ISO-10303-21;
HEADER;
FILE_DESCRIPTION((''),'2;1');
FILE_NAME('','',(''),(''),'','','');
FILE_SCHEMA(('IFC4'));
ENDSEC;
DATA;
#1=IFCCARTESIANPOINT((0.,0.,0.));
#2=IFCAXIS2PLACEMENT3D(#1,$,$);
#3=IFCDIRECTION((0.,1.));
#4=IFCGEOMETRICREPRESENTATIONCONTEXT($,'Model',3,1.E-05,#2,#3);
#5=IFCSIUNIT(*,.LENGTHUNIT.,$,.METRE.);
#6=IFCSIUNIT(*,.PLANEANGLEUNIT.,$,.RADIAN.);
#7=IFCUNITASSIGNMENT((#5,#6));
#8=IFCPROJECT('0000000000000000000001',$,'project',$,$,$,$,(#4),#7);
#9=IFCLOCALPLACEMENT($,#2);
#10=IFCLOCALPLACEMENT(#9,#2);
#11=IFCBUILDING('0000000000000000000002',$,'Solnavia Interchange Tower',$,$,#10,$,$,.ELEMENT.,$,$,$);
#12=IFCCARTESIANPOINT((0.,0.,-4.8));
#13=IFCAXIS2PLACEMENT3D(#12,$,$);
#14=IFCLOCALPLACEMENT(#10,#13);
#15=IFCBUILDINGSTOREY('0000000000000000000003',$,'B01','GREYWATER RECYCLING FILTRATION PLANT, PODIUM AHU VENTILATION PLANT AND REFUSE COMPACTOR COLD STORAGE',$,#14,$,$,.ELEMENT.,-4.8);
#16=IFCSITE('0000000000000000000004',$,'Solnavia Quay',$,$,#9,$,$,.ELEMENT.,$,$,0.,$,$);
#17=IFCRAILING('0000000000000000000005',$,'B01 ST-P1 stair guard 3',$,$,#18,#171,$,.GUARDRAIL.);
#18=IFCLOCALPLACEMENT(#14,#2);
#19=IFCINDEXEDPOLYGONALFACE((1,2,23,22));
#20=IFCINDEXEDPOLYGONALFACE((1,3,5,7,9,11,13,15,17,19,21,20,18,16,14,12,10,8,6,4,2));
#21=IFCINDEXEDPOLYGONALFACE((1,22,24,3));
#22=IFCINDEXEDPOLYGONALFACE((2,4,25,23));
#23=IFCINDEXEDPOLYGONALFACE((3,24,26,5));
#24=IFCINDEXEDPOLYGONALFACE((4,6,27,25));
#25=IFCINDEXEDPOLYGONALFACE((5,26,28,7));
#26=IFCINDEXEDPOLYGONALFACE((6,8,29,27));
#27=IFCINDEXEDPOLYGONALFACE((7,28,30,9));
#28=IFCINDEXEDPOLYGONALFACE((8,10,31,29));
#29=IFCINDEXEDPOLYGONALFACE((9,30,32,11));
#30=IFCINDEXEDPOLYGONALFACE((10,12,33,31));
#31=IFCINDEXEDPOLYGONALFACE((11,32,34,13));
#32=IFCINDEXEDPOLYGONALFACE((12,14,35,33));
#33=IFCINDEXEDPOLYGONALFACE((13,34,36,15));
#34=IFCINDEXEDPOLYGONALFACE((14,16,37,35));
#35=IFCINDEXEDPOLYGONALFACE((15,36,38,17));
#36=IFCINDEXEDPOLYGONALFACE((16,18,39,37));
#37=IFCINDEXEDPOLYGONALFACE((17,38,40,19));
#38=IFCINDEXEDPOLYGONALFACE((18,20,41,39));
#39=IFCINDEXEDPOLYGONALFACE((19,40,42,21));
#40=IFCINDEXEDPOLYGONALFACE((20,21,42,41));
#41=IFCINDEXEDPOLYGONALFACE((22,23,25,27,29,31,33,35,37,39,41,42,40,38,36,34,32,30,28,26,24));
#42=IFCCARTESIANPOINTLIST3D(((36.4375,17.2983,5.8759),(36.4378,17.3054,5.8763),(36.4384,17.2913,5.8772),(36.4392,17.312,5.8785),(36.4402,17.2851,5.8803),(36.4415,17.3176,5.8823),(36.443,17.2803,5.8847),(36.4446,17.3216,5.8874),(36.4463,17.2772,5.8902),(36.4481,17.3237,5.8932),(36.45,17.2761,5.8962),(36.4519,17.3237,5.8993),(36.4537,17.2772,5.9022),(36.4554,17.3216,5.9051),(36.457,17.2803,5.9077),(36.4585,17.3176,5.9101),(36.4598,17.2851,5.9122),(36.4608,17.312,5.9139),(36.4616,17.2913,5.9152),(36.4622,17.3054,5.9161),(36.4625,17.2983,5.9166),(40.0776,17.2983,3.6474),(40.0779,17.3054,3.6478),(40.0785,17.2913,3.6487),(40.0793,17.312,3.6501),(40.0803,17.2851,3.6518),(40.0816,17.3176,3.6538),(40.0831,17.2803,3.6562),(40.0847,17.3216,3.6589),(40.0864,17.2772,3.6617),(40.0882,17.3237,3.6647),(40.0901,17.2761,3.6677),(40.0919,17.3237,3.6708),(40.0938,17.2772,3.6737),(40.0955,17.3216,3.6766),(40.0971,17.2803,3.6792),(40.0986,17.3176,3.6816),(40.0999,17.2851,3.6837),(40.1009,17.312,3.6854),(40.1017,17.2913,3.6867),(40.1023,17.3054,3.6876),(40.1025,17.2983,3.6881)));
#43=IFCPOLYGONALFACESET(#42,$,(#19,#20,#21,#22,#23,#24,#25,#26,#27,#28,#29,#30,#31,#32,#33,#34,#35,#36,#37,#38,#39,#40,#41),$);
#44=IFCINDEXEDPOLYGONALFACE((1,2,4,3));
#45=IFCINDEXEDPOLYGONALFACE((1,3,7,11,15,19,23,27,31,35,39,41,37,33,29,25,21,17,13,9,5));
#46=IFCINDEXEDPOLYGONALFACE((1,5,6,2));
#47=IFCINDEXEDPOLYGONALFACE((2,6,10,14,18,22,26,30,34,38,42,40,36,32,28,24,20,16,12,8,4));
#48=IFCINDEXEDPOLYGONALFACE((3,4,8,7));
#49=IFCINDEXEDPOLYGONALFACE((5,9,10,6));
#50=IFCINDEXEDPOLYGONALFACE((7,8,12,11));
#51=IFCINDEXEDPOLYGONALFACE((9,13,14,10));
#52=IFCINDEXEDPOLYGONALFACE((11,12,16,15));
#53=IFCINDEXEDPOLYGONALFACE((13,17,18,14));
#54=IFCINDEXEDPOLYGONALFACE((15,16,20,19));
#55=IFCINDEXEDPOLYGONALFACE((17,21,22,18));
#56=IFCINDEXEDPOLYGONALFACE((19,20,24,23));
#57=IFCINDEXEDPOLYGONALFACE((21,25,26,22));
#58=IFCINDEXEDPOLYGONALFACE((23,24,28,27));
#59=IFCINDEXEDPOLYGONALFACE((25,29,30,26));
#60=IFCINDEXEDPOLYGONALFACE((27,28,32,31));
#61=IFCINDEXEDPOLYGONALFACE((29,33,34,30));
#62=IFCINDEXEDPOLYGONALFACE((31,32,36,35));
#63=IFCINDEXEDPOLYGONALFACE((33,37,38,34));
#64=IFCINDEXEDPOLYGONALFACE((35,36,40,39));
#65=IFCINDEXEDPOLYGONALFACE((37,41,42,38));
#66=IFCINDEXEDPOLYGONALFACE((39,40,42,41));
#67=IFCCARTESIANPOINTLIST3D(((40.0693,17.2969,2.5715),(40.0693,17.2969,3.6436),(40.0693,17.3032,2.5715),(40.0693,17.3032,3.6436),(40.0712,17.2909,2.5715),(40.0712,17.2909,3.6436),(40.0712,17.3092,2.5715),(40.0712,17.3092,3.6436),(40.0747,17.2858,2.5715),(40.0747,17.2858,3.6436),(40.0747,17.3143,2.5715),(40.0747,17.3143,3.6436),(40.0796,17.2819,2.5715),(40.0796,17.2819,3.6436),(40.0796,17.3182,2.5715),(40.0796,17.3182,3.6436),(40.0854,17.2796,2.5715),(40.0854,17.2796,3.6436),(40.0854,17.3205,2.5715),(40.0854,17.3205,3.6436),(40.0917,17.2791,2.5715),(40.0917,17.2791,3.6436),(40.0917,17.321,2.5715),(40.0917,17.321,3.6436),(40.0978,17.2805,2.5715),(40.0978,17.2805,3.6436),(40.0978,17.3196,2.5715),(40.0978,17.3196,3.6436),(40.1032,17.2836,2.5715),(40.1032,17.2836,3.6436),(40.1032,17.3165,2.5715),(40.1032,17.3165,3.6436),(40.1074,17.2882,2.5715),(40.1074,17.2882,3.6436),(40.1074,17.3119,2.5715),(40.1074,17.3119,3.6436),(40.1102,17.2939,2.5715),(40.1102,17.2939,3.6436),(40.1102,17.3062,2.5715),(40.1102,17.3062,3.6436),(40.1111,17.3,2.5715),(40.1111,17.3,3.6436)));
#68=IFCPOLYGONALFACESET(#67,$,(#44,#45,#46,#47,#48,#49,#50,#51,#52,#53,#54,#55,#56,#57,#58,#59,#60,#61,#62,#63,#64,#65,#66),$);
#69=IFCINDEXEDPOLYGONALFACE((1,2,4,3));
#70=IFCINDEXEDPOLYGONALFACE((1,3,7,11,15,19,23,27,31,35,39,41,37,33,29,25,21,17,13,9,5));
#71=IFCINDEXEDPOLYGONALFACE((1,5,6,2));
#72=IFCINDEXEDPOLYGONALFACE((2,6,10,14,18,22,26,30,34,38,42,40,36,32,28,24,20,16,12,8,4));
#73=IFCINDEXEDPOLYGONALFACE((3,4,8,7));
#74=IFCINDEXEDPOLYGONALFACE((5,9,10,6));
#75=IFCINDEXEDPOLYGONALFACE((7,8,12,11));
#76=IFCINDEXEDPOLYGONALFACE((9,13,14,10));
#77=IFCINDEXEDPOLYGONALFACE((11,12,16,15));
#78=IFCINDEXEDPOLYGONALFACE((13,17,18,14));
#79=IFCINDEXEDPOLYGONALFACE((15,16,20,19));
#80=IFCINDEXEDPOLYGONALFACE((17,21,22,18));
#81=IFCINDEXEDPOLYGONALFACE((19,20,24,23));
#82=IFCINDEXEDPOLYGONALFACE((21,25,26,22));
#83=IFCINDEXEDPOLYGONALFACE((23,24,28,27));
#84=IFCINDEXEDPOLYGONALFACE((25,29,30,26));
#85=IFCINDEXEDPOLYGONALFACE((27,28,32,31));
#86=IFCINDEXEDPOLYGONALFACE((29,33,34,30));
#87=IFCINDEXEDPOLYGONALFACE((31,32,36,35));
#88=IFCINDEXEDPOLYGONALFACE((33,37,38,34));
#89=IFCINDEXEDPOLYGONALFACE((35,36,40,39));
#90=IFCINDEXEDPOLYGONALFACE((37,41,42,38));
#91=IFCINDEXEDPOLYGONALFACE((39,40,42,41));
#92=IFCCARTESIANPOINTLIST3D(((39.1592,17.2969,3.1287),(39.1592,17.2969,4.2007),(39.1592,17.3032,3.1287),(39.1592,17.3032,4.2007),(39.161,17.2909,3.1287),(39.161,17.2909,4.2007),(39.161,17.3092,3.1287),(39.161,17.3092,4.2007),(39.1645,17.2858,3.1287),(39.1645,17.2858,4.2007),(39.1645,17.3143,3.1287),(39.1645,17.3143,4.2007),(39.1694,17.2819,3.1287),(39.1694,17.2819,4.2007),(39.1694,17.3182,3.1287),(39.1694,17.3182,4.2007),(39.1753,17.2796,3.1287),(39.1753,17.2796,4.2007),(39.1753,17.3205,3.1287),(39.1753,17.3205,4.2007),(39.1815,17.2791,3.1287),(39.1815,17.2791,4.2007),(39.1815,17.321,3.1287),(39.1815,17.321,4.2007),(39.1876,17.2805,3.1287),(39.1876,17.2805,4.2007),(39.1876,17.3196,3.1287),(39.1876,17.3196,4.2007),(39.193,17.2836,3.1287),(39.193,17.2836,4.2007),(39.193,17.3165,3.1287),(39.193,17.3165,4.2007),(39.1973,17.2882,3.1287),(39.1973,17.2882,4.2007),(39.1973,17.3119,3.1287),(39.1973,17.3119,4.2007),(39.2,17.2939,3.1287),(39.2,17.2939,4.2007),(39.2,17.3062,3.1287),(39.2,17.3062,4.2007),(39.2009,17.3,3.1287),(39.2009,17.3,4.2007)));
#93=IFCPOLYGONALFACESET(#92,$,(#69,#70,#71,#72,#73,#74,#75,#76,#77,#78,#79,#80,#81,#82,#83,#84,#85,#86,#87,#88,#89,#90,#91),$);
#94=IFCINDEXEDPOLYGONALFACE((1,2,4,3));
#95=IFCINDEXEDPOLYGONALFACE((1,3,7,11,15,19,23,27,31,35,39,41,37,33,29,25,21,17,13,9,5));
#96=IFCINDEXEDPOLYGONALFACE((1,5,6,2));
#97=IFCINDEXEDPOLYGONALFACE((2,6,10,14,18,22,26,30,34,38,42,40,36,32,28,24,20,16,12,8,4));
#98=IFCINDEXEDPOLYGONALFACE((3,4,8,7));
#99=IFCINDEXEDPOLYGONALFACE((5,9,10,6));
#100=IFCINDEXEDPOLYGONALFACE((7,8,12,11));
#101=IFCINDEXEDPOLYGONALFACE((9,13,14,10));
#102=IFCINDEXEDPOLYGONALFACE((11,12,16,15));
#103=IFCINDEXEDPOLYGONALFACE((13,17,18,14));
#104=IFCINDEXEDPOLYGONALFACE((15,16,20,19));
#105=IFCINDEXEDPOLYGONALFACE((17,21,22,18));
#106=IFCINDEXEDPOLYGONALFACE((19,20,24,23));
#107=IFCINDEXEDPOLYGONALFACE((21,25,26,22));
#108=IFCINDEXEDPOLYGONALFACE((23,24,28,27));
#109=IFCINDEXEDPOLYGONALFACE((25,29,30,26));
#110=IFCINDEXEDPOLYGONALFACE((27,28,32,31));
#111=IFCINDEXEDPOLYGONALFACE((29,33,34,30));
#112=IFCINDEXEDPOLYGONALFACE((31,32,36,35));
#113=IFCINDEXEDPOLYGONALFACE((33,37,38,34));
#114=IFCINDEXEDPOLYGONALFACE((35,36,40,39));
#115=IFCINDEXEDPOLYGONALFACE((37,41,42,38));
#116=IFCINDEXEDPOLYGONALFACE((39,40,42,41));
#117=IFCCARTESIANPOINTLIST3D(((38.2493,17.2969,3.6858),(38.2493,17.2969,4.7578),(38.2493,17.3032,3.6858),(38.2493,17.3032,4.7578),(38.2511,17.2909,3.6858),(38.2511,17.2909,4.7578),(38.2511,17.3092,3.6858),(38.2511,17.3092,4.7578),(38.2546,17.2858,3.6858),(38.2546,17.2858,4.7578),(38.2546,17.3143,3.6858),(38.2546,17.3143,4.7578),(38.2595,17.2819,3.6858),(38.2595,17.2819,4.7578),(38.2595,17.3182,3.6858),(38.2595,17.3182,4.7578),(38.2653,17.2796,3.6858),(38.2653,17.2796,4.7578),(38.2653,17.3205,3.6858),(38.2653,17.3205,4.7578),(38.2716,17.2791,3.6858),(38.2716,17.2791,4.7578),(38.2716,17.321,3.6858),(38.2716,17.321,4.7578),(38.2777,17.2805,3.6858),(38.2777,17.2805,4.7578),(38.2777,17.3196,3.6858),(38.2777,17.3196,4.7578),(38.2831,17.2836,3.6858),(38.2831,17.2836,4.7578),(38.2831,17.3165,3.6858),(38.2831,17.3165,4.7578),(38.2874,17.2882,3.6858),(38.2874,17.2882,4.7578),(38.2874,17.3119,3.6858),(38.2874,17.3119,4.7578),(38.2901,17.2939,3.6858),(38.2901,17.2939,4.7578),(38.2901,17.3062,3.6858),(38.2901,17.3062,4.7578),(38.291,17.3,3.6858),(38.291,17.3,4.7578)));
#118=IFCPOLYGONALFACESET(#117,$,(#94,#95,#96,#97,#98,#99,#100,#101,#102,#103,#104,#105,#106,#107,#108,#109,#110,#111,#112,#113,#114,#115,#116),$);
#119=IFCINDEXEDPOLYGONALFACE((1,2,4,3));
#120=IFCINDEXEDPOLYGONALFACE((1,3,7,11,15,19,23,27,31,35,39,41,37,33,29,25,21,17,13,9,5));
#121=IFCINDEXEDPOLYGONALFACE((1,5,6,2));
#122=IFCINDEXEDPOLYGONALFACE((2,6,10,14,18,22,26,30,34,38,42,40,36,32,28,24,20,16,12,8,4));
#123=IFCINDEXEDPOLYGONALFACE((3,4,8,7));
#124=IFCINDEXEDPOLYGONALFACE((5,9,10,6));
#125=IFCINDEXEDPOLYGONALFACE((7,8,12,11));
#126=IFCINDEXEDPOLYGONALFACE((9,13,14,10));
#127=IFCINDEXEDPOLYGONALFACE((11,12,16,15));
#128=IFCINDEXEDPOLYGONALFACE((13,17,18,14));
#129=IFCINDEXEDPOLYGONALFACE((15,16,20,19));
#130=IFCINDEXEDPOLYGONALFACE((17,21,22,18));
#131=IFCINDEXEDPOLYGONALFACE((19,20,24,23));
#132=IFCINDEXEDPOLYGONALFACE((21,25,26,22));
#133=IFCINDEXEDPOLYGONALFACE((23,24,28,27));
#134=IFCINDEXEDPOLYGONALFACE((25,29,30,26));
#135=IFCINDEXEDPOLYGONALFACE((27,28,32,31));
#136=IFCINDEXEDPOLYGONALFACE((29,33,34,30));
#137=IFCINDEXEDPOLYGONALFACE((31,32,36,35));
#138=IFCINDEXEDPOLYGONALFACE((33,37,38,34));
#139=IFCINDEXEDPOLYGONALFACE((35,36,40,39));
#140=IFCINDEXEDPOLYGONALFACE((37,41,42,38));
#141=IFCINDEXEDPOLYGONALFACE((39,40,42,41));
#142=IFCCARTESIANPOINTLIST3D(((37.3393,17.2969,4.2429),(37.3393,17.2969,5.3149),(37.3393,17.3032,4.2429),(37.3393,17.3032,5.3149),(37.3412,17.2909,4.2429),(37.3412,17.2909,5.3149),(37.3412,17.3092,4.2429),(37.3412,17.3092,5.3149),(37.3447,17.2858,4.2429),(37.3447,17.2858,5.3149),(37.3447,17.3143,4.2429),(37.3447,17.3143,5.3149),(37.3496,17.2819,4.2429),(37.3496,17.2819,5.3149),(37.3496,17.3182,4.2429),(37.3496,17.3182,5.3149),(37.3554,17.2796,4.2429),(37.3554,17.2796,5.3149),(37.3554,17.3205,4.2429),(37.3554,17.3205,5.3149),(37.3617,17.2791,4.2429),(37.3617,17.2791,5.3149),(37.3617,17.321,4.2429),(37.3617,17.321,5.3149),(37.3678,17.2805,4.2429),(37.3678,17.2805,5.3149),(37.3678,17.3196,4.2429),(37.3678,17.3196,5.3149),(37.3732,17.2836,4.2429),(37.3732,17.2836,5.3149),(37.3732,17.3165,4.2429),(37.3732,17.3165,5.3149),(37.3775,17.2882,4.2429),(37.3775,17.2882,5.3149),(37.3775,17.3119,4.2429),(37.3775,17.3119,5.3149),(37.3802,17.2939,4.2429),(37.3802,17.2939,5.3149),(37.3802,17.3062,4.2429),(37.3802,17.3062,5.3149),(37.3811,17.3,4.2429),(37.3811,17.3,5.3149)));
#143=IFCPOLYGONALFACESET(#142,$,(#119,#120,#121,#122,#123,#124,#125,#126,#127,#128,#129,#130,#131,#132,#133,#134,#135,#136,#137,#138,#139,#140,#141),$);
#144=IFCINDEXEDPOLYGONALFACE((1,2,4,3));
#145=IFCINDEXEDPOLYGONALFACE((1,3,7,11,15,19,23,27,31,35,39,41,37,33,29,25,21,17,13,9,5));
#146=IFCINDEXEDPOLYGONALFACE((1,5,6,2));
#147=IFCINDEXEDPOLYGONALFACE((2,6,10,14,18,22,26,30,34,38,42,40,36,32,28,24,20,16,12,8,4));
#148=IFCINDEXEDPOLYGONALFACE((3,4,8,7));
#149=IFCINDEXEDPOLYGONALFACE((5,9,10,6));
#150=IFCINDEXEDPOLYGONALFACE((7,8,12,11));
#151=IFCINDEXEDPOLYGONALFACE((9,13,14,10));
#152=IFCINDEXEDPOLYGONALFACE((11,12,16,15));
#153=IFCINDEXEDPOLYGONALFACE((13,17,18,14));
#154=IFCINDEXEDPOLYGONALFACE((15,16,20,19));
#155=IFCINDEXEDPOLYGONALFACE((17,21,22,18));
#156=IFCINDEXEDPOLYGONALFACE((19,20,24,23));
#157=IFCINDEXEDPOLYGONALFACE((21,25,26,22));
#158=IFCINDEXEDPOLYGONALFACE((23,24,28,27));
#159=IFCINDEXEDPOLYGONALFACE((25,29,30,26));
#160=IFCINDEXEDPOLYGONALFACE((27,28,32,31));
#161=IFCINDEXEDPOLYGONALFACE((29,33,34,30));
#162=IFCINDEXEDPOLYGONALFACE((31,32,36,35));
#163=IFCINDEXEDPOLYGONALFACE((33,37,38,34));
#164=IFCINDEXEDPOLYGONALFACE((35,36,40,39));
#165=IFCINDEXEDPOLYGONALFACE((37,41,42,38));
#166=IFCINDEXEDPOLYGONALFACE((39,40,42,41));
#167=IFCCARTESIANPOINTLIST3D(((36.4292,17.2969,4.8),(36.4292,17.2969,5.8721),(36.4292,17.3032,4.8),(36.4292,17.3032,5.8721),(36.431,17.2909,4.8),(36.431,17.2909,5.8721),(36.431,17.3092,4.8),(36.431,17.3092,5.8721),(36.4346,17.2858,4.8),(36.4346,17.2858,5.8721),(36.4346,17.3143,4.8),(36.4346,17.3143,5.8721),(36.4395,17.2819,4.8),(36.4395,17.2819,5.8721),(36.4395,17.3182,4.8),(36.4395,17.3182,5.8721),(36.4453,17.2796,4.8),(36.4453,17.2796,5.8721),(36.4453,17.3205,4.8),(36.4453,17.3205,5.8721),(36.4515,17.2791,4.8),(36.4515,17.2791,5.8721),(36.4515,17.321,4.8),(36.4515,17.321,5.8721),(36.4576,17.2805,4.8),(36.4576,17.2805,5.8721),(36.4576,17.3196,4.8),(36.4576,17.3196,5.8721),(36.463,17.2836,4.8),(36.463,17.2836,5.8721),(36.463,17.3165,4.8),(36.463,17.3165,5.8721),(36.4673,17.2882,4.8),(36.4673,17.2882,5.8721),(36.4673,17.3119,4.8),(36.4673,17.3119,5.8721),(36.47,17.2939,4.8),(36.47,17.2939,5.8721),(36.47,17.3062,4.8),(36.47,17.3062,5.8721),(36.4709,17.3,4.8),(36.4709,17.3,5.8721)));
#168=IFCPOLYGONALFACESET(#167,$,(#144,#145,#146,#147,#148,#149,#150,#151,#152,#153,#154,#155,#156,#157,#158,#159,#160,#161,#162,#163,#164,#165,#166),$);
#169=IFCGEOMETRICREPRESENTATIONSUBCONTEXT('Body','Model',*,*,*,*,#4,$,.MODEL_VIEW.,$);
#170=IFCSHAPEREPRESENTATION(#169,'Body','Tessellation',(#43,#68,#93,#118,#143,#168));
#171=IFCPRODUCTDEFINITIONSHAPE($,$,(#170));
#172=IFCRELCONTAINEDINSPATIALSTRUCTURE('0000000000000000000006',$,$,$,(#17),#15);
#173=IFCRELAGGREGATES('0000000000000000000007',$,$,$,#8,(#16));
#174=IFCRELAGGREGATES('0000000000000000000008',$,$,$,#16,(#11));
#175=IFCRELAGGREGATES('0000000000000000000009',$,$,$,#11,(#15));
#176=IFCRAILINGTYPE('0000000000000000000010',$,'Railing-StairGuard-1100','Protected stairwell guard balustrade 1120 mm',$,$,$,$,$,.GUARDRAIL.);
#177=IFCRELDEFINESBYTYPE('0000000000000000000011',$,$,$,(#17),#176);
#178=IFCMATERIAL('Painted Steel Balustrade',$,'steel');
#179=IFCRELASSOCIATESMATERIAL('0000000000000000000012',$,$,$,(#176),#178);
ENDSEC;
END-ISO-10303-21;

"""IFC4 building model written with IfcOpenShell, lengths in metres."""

from ifc_helpers import new_model, si_unit, direction, frame, origin, origin_2d, place, context, subcontext, project, spatial, circle, extrude, material, type_object, element, save


model = new_model("IFC4")

# Units and contexts
model_context = context("Model", 3, precision=1e-05, world=origin(), true_north=direction((0.0, 1.0)))
body_context = subcontext(model_context, "Body", "Model", "MODEL_VIEW")
ifc_project = project(units=[si_unit("LENGTHUNIT", "METRE"), si_unit("PLANEANGLEUNIT", "RADIAN")], contexts=[model_context])

# Site, building, storey
site_placement = place(None, origin())
site = spatial("IfcSite", under=ifc_project, at=site_placement, Name="Solnavia Quay", CompositionType="ELEMENT", RefElevation=0.0)
building_placement = place(site_placement, origin())
building = spatial("IfcBuilding", under=site, at=building_placement, Name="Solnavia Interchange Tower", CompositionType="ELEMENT")
storey_placement = place(building_placement, frame((0.0, 0.0, -4.8)))
storey = spatial("IfcBuildingStorey", under=building, at=storey_placement, Name="B01", Description="GREYWATER RECYCLING FILTRATION PLANT, PODIUM AHU VENTILATION PLANT AND REFUSE COMPACTOR COLD STORAGE", CompositionType="ELEMENT", Elevation=-4.8)

# Railing
ifc_material_1 = material(Name="Painted Steel Balustrade", Category="steel")
railing_type_1 = type_object("IfcRailingType", Name="Railing-StairGuard-1100", Description="Protected stairwell guard balustrade 1120 mm", PredefinedType="GUARDRAIL", material=ifc_material_1)
railing_1_placement = place(storey_placement, frame((40.0901, 17.3, 2.5715)))
element("IfcRailing", 1, at=railing_1_placement, inside=storey, type_object=railing_type_1, Name="B01 ST-P1 stair guard 3", PredefinedType="GUARDRAIL", context=body_context, shape_type="SweptSolid", body=[
    extrude(circle(Radius=0.0239, at=origin_2d()), frame((0.0, 0.0, 1.0962), z_axis=(-0.852866, 0.0, 0.52213), x_axis=(0.0, -1.0, 0.0)), (0.0, 0.0, 1.0), 4.2681),
    extrude(circle(Radius=0.021, at=origin_2d()), origin(), (0.0, 0.0, 1.0), 1.072),
    extrude(circle(Radius=0.021, at=origin_2d()), frame((-0.9102, 0.0, 0.5571)), (0.0, 0.0, 1.0), 1.072),
    extrude(circle(Radius=0.021, at=origin_2d()), frame((-1.8201, 0.0, 1.1143)), (0.0, 0.0, 1.0), 1.072),
    extrude(circle(Radius=0.021, at=origin_2d()), frame((-2.73, 0.0, 1.6714)), (0.0, 0.0, 1.0), 1.072),
    extrude(circle(Radius=0.021, at=origin_2d()), frame((-3.6401, 0.0, 2.2285)), (0.0, 0.0, 1.0), 1.072),
])

save(model, "model.ifc")
